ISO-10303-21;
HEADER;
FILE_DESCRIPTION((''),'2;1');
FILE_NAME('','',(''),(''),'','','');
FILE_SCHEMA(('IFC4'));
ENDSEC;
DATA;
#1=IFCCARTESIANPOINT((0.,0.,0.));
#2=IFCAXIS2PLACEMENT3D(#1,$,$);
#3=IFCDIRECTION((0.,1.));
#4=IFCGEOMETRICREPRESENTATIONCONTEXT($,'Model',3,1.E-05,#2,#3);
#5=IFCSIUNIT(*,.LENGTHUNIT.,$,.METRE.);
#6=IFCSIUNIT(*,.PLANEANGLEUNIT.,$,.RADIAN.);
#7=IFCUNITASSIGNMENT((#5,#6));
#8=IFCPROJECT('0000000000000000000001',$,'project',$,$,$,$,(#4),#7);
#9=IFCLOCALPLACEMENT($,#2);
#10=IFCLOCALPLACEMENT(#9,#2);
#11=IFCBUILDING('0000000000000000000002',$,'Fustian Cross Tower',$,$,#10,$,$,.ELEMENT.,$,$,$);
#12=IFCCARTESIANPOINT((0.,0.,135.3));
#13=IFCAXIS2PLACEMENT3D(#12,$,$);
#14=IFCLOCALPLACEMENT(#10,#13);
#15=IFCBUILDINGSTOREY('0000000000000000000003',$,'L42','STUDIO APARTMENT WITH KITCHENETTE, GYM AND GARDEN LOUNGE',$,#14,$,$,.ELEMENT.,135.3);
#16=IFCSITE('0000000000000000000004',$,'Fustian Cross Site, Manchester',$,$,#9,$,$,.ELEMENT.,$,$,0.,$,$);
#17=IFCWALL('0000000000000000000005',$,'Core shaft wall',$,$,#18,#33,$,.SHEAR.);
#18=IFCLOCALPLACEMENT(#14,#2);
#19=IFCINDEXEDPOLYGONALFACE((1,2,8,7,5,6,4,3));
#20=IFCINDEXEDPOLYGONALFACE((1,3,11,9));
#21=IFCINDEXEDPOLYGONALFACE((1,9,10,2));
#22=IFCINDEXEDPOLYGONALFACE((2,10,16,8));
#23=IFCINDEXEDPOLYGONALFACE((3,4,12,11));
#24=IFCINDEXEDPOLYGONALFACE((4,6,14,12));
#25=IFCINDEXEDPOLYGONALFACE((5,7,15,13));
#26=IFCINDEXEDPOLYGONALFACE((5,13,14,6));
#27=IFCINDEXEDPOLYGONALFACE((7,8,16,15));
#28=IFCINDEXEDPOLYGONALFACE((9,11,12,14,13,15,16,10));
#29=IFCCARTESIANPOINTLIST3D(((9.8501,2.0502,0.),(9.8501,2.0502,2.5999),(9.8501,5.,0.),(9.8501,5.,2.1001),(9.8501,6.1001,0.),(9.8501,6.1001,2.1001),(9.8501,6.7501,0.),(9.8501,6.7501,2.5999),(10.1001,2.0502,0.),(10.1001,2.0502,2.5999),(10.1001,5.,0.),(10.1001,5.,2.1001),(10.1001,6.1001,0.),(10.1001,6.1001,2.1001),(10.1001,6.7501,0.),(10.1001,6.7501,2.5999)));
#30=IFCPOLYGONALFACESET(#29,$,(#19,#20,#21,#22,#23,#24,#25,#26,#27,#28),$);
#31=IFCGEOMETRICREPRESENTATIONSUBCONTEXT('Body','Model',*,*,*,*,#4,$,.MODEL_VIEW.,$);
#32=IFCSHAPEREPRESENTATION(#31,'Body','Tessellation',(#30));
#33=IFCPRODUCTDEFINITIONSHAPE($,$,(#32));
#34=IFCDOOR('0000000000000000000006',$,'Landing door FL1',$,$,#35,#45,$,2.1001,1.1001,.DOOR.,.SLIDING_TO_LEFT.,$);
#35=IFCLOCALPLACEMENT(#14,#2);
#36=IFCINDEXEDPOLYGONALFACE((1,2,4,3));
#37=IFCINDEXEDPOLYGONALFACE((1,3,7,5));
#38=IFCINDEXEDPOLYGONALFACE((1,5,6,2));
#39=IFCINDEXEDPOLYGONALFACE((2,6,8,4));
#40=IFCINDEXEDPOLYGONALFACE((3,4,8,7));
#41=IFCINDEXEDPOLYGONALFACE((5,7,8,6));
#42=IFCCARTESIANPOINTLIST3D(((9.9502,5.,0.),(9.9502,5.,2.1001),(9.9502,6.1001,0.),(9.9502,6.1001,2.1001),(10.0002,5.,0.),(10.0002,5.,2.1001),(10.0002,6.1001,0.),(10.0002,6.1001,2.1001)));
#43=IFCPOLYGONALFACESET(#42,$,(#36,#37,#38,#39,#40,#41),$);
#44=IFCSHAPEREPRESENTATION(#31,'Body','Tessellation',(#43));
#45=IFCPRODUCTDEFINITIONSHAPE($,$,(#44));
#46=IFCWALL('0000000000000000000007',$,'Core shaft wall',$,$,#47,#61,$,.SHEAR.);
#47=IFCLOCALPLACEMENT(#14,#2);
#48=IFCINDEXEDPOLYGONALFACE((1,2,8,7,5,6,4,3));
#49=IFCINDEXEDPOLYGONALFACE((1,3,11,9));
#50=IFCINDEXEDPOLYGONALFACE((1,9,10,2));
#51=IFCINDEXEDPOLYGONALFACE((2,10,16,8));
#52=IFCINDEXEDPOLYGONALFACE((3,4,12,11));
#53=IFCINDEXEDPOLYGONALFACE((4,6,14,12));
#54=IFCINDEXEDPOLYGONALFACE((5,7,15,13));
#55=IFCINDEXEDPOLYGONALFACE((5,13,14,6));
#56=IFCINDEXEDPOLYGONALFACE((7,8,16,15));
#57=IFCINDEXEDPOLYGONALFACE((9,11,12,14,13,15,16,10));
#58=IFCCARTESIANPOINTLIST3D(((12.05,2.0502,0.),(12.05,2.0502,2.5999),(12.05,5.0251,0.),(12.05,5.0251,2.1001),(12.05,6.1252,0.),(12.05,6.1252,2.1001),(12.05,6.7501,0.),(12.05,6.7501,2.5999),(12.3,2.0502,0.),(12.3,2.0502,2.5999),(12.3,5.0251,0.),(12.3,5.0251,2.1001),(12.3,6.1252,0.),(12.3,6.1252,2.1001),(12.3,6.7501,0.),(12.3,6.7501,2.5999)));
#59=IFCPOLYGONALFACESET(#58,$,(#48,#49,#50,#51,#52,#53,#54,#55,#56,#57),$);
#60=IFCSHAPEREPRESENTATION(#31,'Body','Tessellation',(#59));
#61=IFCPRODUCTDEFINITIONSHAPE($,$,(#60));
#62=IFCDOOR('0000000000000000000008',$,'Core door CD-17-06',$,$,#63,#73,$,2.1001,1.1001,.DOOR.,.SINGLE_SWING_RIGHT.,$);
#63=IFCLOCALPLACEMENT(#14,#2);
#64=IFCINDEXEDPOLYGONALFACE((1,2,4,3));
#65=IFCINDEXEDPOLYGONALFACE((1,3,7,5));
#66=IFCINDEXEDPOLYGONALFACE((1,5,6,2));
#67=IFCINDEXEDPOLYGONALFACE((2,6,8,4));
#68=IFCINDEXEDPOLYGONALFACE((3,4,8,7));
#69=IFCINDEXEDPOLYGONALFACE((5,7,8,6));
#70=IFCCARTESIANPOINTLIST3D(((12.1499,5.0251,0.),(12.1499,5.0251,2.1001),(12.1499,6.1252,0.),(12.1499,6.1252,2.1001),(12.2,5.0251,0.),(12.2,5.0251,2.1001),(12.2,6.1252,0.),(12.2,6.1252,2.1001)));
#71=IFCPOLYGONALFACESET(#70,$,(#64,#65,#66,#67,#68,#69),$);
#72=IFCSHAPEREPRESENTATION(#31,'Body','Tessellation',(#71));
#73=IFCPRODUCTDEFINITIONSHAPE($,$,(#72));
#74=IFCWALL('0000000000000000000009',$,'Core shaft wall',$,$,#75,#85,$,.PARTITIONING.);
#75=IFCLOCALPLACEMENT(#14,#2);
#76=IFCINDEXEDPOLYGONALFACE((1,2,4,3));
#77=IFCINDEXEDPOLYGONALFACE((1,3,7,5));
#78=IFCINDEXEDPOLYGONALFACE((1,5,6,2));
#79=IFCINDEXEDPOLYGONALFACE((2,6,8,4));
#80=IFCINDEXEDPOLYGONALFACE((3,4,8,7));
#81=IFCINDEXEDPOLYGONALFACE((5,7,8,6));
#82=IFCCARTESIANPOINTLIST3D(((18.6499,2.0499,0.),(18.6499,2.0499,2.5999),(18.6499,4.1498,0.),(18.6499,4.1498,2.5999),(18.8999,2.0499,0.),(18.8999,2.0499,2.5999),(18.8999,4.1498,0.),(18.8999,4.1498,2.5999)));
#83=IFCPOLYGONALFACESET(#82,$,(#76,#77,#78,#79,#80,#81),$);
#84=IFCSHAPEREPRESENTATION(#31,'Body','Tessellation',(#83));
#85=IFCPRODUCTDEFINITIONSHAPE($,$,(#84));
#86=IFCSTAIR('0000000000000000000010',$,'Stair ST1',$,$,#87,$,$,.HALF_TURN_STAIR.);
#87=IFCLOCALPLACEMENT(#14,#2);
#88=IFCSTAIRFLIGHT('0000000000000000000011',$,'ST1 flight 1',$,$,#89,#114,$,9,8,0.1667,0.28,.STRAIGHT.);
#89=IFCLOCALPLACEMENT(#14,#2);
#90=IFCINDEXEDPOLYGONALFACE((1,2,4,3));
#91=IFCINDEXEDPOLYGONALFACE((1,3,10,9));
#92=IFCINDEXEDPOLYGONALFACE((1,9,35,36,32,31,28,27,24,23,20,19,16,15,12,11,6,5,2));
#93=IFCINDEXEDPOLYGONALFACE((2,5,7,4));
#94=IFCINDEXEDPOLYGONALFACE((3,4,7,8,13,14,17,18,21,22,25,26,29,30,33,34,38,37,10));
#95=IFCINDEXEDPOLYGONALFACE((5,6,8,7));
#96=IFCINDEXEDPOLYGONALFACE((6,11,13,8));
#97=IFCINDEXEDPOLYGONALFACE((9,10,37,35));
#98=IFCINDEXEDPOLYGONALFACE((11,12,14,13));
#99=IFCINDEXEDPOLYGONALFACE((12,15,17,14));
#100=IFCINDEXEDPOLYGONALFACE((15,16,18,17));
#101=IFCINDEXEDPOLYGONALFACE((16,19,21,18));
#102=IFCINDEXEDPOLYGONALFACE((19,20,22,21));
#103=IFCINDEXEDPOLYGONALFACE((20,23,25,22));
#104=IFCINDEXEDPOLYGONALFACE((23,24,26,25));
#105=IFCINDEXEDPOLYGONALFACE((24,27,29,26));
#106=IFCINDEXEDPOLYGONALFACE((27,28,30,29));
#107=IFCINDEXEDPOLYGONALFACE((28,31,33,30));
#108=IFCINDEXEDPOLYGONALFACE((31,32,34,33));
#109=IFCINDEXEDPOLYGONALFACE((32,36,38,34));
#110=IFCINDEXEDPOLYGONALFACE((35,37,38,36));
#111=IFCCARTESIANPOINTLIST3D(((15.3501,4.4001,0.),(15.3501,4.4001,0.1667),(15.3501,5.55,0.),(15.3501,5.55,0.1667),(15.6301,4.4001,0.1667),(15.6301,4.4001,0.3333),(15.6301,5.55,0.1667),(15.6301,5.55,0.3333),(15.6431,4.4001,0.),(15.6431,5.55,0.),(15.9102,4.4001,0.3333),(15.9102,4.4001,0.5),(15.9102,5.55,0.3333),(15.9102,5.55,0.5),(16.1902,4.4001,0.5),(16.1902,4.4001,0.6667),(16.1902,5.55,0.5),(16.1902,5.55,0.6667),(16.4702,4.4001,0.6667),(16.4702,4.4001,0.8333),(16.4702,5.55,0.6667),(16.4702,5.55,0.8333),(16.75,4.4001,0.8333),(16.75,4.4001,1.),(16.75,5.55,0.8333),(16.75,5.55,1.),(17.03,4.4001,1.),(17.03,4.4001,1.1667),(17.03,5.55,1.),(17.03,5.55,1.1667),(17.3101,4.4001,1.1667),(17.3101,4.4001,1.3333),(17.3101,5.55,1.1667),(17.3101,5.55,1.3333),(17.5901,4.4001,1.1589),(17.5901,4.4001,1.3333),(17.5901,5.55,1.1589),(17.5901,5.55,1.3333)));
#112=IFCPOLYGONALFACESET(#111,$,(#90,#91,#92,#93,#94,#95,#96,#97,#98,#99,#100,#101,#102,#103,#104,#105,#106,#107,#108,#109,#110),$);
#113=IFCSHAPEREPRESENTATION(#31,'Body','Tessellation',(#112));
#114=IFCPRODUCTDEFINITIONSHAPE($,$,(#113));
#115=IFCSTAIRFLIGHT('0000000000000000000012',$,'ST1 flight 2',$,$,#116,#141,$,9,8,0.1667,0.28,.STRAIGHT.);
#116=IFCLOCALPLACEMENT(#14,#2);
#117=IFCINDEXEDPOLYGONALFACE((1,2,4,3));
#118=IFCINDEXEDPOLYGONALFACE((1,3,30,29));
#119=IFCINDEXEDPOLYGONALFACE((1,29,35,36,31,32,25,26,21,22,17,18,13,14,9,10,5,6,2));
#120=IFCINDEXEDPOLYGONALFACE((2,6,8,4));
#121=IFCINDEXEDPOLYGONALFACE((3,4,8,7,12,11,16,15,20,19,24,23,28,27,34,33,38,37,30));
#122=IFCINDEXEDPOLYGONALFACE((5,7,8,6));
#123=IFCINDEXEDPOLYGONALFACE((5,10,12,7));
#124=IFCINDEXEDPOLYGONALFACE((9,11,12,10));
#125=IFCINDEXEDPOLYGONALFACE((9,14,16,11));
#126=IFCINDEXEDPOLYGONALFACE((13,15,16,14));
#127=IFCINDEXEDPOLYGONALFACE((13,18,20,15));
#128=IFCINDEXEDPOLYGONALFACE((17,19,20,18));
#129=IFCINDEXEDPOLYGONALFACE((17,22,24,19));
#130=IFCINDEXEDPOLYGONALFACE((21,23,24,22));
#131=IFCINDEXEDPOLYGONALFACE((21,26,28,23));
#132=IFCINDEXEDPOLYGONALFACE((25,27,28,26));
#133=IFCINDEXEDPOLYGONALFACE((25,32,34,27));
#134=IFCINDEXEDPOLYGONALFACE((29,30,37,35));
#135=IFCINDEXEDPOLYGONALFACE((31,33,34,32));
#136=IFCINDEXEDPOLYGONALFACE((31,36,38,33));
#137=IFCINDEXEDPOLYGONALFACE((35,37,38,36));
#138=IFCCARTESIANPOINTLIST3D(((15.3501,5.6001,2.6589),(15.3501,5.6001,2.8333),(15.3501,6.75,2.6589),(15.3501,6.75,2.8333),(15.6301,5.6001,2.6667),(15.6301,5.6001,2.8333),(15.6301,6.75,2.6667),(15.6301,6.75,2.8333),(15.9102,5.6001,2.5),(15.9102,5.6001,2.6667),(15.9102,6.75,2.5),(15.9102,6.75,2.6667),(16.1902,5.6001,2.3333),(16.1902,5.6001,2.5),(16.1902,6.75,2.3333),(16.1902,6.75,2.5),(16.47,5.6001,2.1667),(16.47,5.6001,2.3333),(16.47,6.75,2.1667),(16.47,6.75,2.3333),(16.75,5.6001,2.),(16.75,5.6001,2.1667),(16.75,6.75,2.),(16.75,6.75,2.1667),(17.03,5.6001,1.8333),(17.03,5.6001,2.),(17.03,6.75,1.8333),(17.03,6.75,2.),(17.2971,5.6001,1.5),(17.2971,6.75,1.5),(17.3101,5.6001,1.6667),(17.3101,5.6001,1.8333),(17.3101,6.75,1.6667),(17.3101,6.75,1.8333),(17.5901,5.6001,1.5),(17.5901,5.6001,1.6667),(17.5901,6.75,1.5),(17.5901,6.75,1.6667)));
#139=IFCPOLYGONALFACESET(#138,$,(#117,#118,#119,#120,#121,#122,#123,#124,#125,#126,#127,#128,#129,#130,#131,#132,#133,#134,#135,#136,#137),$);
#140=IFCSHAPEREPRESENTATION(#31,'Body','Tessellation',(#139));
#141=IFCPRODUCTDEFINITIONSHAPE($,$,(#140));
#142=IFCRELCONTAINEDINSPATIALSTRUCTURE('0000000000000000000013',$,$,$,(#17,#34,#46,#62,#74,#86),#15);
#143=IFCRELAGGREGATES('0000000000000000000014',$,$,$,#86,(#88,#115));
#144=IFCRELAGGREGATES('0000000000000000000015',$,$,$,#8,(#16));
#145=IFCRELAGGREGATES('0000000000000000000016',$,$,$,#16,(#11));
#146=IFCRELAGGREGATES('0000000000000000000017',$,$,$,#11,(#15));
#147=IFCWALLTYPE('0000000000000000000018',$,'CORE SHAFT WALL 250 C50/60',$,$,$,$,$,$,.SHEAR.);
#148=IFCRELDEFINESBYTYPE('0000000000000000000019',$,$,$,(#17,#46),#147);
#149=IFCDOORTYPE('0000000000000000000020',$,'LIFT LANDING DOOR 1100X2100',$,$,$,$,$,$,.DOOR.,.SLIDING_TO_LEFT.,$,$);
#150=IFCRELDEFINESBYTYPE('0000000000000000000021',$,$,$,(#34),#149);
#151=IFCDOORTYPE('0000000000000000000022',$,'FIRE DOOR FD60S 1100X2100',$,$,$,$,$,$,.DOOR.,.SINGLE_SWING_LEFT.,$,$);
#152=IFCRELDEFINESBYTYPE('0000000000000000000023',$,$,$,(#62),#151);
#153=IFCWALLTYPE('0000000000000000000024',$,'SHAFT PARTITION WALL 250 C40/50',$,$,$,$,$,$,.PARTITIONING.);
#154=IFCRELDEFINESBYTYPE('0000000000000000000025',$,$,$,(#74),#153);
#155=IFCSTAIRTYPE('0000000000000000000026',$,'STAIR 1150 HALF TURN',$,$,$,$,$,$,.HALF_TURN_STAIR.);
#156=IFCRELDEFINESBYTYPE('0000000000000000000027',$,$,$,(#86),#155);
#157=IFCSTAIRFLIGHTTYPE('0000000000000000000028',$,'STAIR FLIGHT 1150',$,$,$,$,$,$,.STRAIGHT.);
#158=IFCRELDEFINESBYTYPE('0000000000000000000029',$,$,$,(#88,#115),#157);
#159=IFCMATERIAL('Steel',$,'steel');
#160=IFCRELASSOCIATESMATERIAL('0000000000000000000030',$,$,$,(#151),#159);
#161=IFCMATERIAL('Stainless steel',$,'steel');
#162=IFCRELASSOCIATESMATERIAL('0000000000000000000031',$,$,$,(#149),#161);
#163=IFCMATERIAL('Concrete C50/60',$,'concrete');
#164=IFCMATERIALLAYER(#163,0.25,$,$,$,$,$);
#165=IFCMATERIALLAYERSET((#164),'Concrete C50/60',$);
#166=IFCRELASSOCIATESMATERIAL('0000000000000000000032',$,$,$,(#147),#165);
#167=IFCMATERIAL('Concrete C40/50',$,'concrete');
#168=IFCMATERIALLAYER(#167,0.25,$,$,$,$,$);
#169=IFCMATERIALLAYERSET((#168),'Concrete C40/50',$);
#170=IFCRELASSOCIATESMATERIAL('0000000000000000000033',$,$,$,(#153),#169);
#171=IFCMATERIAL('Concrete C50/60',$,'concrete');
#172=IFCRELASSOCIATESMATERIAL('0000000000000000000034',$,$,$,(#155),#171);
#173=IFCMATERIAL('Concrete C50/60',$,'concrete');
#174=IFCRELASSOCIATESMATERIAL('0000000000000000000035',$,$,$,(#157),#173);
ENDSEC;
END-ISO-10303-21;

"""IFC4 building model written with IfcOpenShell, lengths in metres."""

from ifc_helpers import new_model, si_unit, direction, frame, frame_2d, origin, place, context, subcontext, project, spatial, polyline, rectangle, outline, extrude, material, layer, layer_set, type_object, element, fill, aggregate, save


model = new_model("IFC4")

# Units and contexts
model_context = context("Model", 3, precision=1e-05, world=origin(), true_north=direction((0.0, 1.0)))
body_context = subcontext(model_context, "Body", "Model", "MODEL_VIEW")
ifc_project = project(units=[si_unit("LENGTHUNIT", "METRE"), si_unit("PLANEANGLEUNIT", "RADIAN")], contexts=[model_context])

# Site, building, storey
site_placement = place(None, origin())
site = spatial("IfcSite", under=ifc_project, at=site_placement, Name="Fustian Cross Site, Manchester", CompositionType="ELEMENT", RefElevation=0.0)
building_placement = place(site_placement, origin())
building = spatial("IfcBuilding", under=site, at=building_placement, Name="Fustian Cross Tower", CompositionType="ELEMENT")
storey_placement = place(building_placement, frame((0.0, 0.0, 135.3)))
storey = spatial("IfcBuildingStorey", under=building, at=storey_placement, Name="L42", Description="STUDIO APARTMENT WITH KITCHENETTE, GYM AND GARDEN LOUNGE", CompositionType="ELEMENT", Elevation=135.3)

# Shared definitions
ifc_material_1 = material(Name="Steel", Category="steel")
door_type_1 = type_object("IfcDoorType", Name="FIRE DOOR FD60S 1100X2100", OperationType="SINGLE_SWING_LEFT", PredefinedType="DOOR", material=ifc_material_1)
ifc_material_2 = material(Name="Stainless steel", Category="steel")
door_type_2 = type_object("IfcDoorType", Name="LIFT LANDING DOOR 1100X2100", OperationType="SLIDING_TO_LEFT", PredefinedType="DOOR", material=ifc_material_2)

# Shared definitions
ifc_material_3 = material(Name="Concrete C50/60", Category="concrete")
ifc_layer_1 = layer(ifc_material_3, 0.25)
ifc_layer_set_1 = layer_set([ifc_layer_1], Name="Concrete C50/60")
wall_type_1 = type_object("IfcWallType", Name="CORE SHAFT WALL 250 C50/60", PredefinedType="SHEAR", material=ifc_layer_set_1)

# Walls, openings, doors
wall_1_placement = place(storey_placement, frame((9.9751, 2.05, 0.0), z_axis=(0.0, 0.0, 1.0), x_axis=(0.0, 1.0, 0.0)))
wall_1 = element("IfcWall", 1, at=wall_1_placement, inside=storey, type_object=wall_type_1, Name="Core shaft wall", PredefinedType="SHEAR", context=body_context, shape_type="SweptSolid", body=[
    extrude(rectangle(XDim=4.7, YDim=0.25, at=frame_2d((2.3501, 0.0))), origin(), (0.0, 0.0, 1.0), 2.5999),
])
opening_1_placement = place(wall_1_placement, frame((2.95, 0.0, 0.0)))
opening_1 = element("IfcOpeningElement", 2, at=opening_1_placement, cuts=wall_1, PredefinedType="OPENING", context=body_context, shape_type="SweptSolid", body=[
    extrude(rectangle(XDim=1.1001, YDim=2.1001, at=frame_2d((0.55, 1.05))), frame((0.0, 0.135, 0.0), z_axis=(0.0, -1.0, 0.0), x_axis=(1.0, 0.0, 0.0)), (0.0, 0.0, 1.0), 0.27),
])
door_1_placement = place(opening_1_placement, origin())
door_1 = element("IfcDoor", 3, at=door_1_placement, inside=storey, type_object=door_type_2, Name="Landing door FL1", OperationType="SLIDING_TO_LEFT", OverallHeight=2.1001, OverallWidth=1.1001, PredefinedType="DOOR", context=body_context, shape_type="SweptSolid", body=[
    extrude(rectangle(XDim=1.1001, YDim=2.1001, at=frame_2d((0.55, 1.05))), frame((0.0, 0.0249, 0.0), z_axis=(0.0, -1.0, 0.0), x_axis=(1.0, 0.0, 0.0)), (0.0, 0.0, 1.0), 0.05),
])
fill(opening_1, door_1)
wall_2_placement = place(storey_placement, frame((12.175, 2.05, 0.0), z_axis=(0.0, 0.0, 1.0), x_axis=(0.0, 1.0, 0.0)))
wall_2 = element("IfcWall", 4, at=wall_2_placement, inside=storey, type_object=wall_type_1, Name="Core shaft wall", PredefinedType="SHEAR", context=body_context, shape_type="SweptSolid", body=[
    extrude(rectangle(XDim=4.7, YDim=0.25, at=frame_2d((2.3501, 0.0))), origin(), (0.0, 0.0, 1.0), 2.5999),
])
opening_2_placement = place(wall_2_placement, frame((2.9751, 0.0, 0.0)))
opening_2 = element("IfcOpeningElement", 5, at=opening_2_placement, cuts=wall_2, PredefinedType="OPENING", context=body_context, shape_type="SweptSolid", body=[
    extrude(rectangle(XDim=1.1001, YDim=2.1001, at=frame_2d((0.55, 1.05))), frame((0.0, 0.135, 0.0), z_axis=(0.0, -1.0, 0.0), x_axis=(1.0, 0.0, 0.0)), (0.0, 0.0, 1.0), 0.27),
])
door_2_placement = place(opening_2_placement, frame((1.1001, 0.0, 0.0), z_axis=(0.0, 0.0, 1.0), x_axis=(-1.0, 0.0, 0.0)))
door_2 = element("IfcDoor", 6, at=door_2_placement, inside=storey, type_object=door_type_1, Name="Core door CD-17-06", OperationType="SINGLE_SWING_RIGHT", OverallHeight=2.1001, OverallWidth=1.1001, PredefinedType="DOOR", context=body_context, shape_type="SweptSolid", body=[
    extrude(rectangle(XDim=1.1001, YDim=2.1001, at=frame_2d((0.55, 1.05))), frame((0.0, 0.0249, 0.0), z_axis=(0.0, -1.0, 0.0), x_axis=(1.0, 0.0, 0.0)), (0.0, 0.0, 1.0), 0.05),
])
fill(opening_2, door_2)

# Wall
ifc_material_4 = material(Name="Concrete C40/50", Category="concrete")
ifc_layer_2 = layer(ifc_material_4, 0.25)
ifc_layer_set_2 = layer_set([ifc_layer_2], Name="Concrete C40/50")
wall_type_2 = type_object("IfcWallType", Name="SHAFT PARTITION WALL 250 C40/50", PredefinedType="PARTITIONING", material=ifc_layer_set_2)
wall_3_placement = place(storey_placement, frame((18.7749, 2.05, 0.0), z_axis=(0.0, 0.0, 1.0), x_axis=(0.0, 1.0, 0.0)))
element("IfcWall", 7, at=wall_3_placement, inside=storey, type_object=wall_type_2, Name="Core shaft wall", PredefinedType="PARTITIONING", context=body_context, shape_type="SweptSolid", body=[
    extrude(rectangle(XDim=2.0999, YDim=0.25, at=frame_2d((1.0498, 0.0))), origin(), (0.0, 0.0, 1.0), 2.5999),
])

# Stair, stair flights
ifc_material_5 = material(Name="Concrete C50/60", Category="concrete")
stair_type = type_object("IfcStairType", Name="STAIR 1150 HALF TURN", PredefinedType="HALF_TURN_STAIR", material=ifc_material_5)
stair_placement = place(storey_placement, origin())
stair = element("IfcStair", 8, at=stair_placement, inside=storey, type_object=stair_type, Name="Stair ST1", PredefinedType="HALF_TURN_STAIR")
ifc_material_6 = material(Name="Concrete C50/60", Category="concrete")
stair_flight_type = type_object("IfcStairFlightType", Name="STAIR FLIGHT 1150", PredefinedType="STRAIGHT", material=ifc_material_6)
stair_flight_1_placement = place(storey_placement, frame((15.3501, 4.9751, 0.0), z_axis=(0.0, 0.0, 1.0), x_axis=(1.0, 0.0, 0.0)))
stair_flight_1 = element("IfcStairFlight", 9, at=stair_flight_1_placement, type_object=stair_flight_type, Name="ST1 flight 1", NumberOfRisers=9, NumberOfTreads=8, PredefinedType="STRAIGHT", RiserHeight=0.1667, TreadLength=0.28, context=body_context, shape_type="SweptSolid", body=[
    extrude(outline(polyline([(0.0, 0.0), (0.0, 0.1667), (0.28, 0.1667), (0.28, 0.3333), (0.5601, 0.3333), (0.5601, 0.5), (0.8401, 0.5), (0.8401, 0.6667), (1.1201, 0.6667), (1.1201, 0.8333), (1.3999, 0.8333), (1.3999, 1.0), (1.6799, 1.0), (1.6799, 1.1667), (1.96, 1.1667), (1.96, 1.3333), (2.24, 1.3333), (2.24, 1.5), (2.24, 1.1589), (0.293, 0.0), (0.0, 0.0)])), frame((0.0, 0.575, 0.0), z_axis=(0.0, -1.0, 0.0), x_axis=(1.0, 0.0, 0.0)), (0.0, 0.0, 1.0), 1.1499),
])
stair_flight_2_placement = place(storey_placement, frame((17.5901, 6.175, 1.5), z_axis=(0.0, 0.0, 1.0), x_axis=(-1.0, 0.0, 0.0)))
stair_flight_2 = element("IfcStairFlight", 10, at=stair_flight_2_placement, type_object=stair_flight_type, Name="ST1 flight 2", NumberOfRisers=9, NumberOfTreads=8, PredefinedType="STRAIGHT", RiserHeight=0.1667, TreadLength=0.28, context=body_context, shape_type="SweptSolid", body=[
    extrude(outline(polyline([(0.0, 0.0), (0.0, 0.1667), (0.28, 0.1667), (0.28, 0.3333), (0.5601, 0.3333), (0.5601, 0.5), (0.8401, 0.5), (0.8401, 0.6667), (1.1201, 0.6667), (1.1201, 0.8333), (1.3999, 0.8333), (1.3999, 1.0), (1.6799, 1.0), (1.6799, 1.1667), (1.96, 1.1667), (1.96, 1.3333), (2.24, 1.3333), (2.24, 1.5), (2.24, 1.1589), (0.293, 0.0), (0.0, 0.0)])), frame((0.0, 0.575, 0.0), z_axis=(0.0, -1.0, 0.0), x_axis=(1.0, 0.0, 0.0)), (0.0, 0.0, 1.0), 1.1499),
])
aggregate(stair, [stair_flight_1, stair_flight_2])

save(model, "model.ifc")
